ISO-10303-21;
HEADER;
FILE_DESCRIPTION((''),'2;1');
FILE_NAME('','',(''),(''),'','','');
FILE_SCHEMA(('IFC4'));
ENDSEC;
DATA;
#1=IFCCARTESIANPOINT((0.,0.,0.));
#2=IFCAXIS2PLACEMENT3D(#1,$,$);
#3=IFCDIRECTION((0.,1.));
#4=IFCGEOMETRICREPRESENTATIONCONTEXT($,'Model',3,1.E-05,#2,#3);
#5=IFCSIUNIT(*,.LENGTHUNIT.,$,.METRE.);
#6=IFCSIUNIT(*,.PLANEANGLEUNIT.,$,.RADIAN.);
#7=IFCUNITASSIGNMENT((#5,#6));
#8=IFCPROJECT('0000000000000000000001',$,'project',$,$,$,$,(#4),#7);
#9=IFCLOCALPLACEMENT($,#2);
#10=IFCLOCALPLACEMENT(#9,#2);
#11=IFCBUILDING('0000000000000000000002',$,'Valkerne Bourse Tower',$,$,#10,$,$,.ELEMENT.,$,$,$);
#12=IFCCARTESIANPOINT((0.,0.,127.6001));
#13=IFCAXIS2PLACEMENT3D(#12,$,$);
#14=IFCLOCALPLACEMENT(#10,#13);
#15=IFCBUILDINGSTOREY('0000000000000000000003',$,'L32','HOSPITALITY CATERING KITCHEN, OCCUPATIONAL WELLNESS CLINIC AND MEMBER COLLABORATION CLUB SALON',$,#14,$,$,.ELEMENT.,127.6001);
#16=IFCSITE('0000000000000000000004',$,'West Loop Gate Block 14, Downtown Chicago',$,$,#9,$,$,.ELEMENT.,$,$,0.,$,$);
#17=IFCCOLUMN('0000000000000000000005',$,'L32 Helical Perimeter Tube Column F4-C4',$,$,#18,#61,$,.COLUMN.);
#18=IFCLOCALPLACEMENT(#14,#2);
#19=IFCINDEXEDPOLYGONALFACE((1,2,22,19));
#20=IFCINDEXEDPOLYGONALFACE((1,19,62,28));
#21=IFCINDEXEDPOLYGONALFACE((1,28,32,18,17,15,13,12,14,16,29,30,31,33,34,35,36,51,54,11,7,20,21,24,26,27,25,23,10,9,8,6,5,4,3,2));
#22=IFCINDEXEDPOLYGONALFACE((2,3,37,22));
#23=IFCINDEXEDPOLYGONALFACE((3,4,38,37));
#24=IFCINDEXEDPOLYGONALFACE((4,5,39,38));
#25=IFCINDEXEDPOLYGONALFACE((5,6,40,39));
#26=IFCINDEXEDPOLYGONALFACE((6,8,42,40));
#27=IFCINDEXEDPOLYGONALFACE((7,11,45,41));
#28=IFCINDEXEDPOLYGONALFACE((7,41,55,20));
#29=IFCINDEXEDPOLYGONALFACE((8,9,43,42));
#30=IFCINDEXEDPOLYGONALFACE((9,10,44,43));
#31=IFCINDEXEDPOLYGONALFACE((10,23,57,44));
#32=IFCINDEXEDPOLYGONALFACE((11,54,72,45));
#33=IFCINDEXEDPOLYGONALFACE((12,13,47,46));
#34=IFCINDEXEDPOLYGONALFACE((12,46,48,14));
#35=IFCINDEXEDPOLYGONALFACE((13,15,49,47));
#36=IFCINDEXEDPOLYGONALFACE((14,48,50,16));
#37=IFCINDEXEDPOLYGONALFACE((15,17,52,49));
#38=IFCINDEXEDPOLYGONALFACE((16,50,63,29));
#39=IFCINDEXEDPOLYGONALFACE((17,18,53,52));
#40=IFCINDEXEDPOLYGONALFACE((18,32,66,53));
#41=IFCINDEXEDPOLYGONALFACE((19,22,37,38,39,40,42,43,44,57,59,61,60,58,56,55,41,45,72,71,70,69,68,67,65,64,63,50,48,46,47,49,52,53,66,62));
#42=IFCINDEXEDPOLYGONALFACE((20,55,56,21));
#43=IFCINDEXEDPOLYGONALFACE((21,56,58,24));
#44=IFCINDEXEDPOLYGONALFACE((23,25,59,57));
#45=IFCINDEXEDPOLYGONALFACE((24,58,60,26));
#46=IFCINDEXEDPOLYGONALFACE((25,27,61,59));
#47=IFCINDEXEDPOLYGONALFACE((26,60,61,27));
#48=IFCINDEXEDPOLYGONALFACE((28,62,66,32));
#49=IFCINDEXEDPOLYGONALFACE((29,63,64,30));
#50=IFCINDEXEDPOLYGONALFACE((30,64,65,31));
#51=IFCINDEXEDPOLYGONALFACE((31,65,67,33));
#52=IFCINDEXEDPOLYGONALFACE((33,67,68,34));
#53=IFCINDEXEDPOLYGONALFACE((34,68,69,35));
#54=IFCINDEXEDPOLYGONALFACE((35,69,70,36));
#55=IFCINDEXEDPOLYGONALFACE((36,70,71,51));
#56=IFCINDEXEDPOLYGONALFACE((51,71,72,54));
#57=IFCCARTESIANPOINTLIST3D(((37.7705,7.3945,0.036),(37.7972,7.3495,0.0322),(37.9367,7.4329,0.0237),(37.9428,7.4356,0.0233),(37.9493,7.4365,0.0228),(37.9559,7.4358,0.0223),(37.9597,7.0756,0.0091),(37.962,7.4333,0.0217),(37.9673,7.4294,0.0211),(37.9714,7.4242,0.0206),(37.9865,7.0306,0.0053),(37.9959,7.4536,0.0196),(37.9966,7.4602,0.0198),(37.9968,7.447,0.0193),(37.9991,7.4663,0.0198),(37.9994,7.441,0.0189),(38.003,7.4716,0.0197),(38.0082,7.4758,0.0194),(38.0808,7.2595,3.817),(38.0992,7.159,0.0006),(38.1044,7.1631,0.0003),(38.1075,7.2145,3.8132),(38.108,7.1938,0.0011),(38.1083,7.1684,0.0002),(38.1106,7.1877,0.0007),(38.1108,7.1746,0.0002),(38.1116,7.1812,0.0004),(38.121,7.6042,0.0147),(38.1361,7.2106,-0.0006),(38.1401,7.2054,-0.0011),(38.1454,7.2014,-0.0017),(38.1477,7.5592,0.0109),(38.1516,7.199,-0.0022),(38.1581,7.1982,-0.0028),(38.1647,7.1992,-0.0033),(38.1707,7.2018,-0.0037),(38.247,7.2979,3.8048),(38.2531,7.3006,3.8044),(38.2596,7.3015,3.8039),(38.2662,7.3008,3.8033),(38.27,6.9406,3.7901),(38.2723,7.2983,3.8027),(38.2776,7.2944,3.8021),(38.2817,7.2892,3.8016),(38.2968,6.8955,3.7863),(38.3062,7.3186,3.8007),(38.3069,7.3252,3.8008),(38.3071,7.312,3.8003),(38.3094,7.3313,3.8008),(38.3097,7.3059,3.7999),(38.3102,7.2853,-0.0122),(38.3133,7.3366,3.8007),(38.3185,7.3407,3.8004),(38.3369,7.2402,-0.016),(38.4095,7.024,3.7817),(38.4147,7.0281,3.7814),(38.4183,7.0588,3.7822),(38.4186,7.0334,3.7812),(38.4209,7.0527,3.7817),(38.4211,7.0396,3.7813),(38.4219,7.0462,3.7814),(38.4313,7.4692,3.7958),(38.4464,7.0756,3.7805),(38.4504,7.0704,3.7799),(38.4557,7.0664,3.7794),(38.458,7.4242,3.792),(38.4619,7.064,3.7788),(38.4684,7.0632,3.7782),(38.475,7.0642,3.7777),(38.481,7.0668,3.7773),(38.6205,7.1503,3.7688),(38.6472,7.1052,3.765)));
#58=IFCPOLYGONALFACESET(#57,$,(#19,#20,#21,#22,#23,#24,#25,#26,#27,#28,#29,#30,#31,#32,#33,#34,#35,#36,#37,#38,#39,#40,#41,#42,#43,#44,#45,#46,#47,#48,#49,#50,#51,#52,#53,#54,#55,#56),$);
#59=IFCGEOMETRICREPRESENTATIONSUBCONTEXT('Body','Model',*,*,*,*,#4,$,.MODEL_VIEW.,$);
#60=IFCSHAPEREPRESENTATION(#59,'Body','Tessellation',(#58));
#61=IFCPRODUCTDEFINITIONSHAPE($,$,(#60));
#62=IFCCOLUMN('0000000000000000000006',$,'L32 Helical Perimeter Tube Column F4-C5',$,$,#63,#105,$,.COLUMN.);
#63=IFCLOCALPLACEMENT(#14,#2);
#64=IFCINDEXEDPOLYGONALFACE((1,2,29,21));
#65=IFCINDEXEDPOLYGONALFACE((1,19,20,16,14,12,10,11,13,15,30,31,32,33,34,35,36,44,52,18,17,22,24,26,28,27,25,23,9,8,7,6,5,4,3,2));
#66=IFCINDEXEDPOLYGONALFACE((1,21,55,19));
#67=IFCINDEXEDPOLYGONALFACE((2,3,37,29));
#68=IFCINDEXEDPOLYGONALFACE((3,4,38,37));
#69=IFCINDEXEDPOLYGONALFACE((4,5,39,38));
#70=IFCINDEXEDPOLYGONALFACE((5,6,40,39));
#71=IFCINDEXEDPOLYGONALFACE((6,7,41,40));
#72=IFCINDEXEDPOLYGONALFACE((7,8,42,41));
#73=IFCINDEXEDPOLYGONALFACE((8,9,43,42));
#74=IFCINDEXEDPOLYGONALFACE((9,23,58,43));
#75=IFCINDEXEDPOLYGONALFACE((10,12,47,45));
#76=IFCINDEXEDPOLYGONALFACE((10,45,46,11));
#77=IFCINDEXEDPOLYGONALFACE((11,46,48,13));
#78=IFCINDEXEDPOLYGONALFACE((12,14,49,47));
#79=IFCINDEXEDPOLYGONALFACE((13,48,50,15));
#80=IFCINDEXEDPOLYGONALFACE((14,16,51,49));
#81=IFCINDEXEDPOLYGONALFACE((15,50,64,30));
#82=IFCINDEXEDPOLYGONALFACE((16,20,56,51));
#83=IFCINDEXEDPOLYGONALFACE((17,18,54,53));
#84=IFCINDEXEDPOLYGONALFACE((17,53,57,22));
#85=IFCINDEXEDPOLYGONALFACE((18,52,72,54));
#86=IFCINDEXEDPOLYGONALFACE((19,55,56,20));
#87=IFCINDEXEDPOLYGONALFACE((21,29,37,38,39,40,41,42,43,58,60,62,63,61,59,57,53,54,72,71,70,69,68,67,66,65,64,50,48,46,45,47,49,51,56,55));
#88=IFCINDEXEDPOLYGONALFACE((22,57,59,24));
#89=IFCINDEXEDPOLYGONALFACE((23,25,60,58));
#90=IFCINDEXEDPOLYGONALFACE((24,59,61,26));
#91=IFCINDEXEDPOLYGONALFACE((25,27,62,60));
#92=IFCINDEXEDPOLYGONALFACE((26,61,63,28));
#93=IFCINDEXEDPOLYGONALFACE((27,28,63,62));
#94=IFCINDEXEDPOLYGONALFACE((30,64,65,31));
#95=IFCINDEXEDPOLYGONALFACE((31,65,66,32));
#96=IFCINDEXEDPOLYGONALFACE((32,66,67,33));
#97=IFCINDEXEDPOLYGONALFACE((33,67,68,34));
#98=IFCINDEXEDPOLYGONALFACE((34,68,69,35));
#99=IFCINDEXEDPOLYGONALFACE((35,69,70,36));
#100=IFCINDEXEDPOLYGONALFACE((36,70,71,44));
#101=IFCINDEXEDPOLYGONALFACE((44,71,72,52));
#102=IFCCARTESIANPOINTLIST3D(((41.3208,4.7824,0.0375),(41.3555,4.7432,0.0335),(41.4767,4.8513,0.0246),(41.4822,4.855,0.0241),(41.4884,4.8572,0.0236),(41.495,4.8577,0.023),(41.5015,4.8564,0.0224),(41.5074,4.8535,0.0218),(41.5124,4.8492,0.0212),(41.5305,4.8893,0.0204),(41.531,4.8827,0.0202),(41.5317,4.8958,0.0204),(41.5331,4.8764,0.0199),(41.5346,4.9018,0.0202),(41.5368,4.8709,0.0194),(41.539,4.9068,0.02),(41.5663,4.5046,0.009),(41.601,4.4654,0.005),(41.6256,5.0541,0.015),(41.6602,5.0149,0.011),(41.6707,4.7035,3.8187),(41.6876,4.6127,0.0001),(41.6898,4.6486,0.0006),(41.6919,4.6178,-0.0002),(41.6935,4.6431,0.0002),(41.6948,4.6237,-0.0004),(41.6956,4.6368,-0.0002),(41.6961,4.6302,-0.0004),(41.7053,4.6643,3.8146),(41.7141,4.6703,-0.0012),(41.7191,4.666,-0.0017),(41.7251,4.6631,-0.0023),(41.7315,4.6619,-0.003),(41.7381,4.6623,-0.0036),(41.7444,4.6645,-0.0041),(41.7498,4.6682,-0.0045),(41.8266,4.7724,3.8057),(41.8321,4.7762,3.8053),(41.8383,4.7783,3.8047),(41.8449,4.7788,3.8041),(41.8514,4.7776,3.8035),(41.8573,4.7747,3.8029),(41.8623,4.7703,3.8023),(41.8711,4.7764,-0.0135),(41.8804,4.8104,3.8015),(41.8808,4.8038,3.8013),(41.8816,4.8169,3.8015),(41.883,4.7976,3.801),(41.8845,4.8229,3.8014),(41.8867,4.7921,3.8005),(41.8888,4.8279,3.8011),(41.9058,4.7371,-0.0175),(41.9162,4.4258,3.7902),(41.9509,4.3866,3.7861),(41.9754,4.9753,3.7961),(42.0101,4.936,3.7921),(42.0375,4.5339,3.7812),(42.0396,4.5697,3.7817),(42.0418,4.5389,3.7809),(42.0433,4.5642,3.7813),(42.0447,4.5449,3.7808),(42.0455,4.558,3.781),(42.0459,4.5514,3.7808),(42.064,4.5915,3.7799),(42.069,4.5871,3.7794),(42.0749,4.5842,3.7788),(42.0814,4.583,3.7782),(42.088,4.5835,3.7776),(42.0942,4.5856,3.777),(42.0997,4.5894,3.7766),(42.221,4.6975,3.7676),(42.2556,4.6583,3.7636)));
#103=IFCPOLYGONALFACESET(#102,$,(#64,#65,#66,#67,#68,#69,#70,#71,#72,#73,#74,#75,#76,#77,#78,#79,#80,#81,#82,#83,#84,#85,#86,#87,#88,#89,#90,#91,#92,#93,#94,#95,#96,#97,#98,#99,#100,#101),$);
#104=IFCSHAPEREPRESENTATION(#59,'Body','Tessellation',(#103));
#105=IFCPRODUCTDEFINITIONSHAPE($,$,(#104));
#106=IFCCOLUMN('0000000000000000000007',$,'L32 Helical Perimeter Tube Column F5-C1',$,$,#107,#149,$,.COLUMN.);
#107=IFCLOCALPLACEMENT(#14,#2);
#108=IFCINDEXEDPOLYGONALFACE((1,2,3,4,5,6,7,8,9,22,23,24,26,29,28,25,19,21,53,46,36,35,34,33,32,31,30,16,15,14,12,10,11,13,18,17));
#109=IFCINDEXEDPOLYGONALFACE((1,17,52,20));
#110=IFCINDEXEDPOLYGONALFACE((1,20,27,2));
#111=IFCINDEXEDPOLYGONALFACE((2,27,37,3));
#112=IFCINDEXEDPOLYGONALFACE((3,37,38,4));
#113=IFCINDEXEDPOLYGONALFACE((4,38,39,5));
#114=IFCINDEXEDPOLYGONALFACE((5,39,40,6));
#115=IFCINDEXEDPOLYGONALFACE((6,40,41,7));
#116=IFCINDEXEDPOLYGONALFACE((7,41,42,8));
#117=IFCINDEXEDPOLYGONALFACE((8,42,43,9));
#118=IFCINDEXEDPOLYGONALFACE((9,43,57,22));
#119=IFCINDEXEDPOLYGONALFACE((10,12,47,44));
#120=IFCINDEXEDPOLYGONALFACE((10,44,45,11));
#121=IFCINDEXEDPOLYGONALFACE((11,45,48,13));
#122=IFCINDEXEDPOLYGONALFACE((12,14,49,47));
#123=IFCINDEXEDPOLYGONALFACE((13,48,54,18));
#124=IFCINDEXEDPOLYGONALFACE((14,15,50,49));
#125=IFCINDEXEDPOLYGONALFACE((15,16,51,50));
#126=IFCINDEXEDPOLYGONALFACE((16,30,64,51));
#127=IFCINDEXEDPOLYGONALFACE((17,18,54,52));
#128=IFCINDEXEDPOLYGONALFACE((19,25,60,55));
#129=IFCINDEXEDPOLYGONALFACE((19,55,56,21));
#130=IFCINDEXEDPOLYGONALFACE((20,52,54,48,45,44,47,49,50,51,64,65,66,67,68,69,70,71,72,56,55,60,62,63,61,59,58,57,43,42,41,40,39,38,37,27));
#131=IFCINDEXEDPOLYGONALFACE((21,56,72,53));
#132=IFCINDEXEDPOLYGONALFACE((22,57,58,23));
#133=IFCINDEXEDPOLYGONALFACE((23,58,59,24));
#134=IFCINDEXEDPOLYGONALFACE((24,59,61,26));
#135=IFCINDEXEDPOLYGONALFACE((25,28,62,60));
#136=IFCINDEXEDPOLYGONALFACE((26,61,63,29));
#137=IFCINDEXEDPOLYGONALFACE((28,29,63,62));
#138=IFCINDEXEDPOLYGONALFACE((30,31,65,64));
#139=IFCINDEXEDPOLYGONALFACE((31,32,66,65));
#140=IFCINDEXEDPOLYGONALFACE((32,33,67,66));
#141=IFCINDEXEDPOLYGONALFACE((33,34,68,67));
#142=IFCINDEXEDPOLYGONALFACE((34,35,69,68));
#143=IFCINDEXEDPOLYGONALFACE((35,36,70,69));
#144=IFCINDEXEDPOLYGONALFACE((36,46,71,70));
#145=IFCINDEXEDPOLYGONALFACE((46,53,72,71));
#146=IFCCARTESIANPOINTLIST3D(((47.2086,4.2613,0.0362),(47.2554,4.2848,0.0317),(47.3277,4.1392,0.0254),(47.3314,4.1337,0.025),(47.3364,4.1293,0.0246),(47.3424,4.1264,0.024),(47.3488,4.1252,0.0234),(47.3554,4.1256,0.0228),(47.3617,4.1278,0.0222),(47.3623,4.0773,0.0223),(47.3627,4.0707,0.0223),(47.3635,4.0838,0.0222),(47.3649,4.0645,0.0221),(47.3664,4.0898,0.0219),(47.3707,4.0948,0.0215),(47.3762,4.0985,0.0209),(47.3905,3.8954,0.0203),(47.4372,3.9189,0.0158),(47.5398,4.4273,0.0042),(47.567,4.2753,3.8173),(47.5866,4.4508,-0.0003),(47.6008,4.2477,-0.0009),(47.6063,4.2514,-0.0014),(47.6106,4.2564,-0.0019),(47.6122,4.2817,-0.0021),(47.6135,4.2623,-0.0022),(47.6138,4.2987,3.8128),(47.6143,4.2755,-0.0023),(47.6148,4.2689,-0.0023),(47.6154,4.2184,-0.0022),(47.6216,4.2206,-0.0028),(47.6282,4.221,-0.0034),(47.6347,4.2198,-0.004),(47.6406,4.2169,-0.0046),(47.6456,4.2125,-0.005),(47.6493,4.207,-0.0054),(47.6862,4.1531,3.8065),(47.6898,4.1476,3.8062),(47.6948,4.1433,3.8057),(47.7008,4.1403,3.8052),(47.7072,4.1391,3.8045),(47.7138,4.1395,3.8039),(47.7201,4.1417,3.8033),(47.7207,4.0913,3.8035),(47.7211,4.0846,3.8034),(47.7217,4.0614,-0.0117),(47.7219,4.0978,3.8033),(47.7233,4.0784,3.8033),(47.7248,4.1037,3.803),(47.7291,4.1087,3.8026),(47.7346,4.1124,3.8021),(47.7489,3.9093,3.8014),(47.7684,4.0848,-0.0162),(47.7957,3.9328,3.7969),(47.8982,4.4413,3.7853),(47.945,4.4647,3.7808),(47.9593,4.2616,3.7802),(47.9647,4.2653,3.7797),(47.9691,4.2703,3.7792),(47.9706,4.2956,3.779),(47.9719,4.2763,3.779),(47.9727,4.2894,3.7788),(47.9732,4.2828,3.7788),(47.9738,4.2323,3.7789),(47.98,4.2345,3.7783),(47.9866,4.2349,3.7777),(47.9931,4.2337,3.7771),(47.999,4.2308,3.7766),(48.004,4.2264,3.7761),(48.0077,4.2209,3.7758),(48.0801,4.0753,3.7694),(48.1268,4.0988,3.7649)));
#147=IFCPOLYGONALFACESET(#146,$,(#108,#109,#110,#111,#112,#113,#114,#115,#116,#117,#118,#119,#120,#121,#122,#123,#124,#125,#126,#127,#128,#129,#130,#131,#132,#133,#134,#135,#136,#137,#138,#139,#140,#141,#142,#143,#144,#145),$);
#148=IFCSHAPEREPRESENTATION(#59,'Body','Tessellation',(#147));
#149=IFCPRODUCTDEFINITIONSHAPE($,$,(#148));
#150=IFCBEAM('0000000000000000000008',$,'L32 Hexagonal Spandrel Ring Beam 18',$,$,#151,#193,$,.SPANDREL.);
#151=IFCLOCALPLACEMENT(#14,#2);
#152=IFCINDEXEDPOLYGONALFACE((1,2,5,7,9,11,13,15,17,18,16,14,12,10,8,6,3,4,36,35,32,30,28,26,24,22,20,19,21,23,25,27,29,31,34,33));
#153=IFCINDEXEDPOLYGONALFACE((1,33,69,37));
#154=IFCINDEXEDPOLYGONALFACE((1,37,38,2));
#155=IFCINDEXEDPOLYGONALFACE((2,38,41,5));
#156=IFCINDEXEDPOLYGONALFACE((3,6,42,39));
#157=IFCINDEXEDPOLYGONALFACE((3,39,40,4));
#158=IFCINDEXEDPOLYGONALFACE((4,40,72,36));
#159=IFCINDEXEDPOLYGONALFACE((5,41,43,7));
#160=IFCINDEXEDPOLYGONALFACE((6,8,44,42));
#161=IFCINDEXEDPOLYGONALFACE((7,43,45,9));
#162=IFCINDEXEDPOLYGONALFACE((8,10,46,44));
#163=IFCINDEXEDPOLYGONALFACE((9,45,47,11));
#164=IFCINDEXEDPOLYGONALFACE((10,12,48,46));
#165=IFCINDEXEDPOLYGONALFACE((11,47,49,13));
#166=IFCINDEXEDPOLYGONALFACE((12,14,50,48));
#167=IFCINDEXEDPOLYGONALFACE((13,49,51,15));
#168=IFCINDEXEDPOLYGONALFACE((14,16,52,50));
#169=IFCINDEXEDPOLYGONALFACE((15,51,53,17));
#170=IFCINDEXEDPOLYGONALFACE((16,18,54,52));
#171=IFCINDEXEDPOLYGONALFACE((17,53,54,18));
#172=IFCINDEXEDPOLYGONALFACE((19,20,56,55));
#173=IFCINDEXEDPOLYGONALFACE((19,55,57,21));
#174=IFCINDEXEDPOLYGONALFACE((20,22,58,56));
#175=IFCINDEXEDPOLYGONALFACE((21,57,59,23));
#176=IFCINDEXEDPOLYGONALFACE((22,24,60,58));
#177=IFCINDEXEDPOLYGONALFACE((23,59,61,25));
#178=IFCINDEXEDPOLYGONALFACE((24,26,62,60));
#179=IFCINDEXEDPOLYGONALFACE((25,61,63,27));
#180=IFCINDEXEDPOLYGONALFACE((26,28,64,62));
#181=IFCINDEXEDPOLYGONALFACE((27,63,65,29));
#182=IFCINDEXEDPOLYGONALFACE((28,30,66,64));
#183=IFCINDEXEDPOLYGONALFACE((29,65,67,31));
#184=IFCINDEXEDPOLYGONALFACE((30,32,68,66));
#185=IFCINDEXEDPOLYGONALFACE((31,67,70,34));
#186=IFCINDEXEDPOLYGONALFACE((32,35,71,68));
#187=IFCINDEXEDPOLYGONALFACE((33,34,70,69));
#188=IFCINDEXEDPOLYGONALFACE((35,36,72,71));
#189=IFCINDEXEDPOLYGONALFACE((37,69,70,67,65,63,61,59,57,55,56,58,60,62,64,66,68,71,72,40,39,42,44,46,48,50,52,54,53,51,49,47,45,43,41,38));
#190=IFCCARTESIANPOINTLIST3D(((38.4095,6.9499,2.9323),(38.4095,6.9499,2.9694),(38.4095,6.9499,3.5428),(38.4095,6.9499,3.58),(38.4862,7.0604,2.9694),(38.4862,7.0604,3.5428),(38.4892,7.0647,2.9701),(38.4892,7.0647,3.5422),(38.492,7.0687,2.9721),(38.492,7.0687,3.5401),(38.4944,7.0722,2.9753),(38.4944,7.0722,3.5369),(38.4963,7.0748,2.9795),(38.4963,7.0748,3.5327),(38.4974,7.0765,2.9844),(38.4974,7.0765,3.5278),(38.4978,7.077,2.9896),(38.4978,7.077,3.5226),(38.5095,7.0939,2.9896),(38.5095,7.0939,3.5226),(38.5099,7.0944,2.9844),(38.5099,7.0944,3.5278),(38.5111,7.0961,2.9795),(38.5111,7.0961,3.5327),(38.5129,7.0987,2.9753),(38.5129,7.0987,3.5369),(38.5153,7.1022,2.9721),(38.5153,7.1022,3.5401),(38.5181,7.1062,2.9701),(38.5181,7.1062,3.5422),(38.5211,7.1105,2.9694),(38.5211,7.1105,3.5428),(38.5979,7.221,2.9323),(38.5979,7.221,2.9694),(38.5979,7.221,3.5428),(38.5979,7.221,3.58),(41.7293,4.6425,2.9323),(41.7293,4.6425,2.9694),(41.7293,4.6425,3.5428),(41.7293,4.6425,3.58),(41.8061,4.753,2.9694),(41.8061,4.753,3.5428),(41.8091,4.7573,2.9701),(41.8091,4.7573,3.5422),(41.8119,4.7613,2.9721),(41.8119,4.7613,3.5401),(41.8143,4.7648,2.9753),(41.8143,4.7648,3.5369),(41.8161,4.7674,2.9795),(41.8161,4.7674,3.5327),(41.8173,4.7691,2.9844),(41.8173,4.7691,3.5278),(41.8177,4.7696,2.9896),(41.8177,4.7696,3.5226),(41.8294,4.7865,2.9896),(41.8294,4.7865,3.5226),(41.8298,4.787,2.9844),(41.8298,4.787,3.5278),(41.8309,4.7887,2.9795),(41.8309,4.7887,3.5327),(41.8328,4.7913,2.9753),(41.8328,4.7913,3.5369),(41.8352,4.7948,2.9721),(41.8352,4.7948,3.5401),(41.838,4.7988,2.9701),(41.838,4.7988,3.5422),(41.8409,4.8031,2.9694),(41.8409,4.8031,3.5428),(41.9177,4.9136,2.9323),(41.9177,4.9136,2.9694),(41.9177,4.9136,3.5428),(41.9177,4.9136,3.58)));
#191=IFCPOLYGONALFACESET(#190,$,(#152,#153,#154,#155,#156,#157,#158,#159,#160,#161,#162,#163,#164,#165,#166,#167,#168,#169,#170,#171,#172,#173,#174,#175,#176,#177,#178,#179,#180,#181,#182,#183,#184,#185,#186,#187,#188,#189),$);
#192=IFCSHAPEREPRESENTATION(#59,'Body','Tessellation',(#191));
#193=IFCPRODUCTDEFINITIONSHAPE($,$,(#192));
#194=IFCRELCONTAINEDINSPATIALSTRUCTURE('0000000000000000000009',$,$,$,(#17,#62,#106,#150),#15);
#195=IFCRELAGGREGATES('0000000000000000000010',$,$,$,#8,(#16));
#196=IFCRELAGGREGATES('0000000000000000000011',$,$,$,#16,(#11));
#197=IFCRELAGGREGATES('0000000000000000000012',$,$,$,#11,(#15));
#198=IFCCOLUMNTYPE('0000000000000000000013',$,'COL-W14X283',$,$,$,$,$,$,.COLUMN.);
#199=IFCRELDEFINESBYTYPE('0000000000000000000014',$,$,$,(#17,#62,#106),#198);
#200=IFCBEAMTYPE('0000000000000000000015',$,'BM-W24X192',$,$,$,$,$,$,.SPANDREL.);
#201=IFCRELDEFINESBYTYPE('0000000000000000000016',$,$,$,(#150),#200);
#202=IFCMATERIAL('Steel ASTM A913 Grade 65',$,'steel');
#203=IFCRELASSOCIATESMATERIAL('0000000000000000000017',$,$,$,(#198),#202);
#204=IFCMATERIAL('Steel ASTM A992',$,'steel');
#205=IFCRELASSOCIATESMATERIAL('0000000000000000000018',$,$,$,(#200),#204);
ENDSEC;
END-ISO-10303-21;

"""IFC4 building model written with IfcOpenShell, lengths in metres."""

from ifc_helpers import new_model, si_unit, direction, frame, origin, origin_2d, place, context, subcontext, project, spatial, i_section, extrude, material, material_profile, profile_set, type_object, element, save


model = new_model("IFC4")

# Units and contexts
model_context = context("Model", 3, precision=1e-05, world=origin(), true_north=direction((0.0, 1.0)))
body_context = subcontext(model_context, "Body", "Model", "MODEL_VIEW")
ifc_project = project(units=[si_unit("LENGTHUNIT", "METRE"), si_unit("PLANEANGLEUNIT", "RADIAN")], contexts=[model_context])

# Site, building, storey
site_placement = place(None, origin())
site = spatial("IfcSite", under=ifc_project, at=site_placement, Name="West Loop Gate Block 14, Downtown Chicago", CompositionType="ELEMENT", RefElevation=0.0)
building_placement = place(site_placement, origin())
building = spatial("IfcBuilding", under=site, at=building_placement, Name="Valkerne Bourse Tower", CompositionType="ELEMENT")
storey_placement = place(building_placement, frame((0.0, 0.0, 127.6001)))
storey = spatial("IfcBuildingStorey", under=building, at=storey_placement, Name="L32", Description="HOSPITALITY CATERING KITCHEN, OCCUPATIONAL WELLNESS CLINIC AND MEMBER COLLABORATION CLUB SALON", CompositionType="ELEMENT", Elevation=127.6001)

# Columns
ifc_material_1 = material(Name="Steel ASTM A913 Grade 65", Category="steel")
ifc_material_profile_1 = material_profile(ifc_material_1, i_section(OverallWidth=0.4089, OverallDepth=0.4243, WebThickness=0.0327, FlangeThickness=0.0525, FilletRadius=0.0254, at=origin_2d()), Name="W14X283")
ifc_profile_set_1 = profile_set([ifc_material_profile_1], Name="Steel ASTM A913 Grade 65")
column_type = type_object("IfcColumnType", Name="COL-W14X283", PredefinedType="COLUMN", material=ifc_profile_set_1)
column_placement = place(storey_placement, frame((38.0537, 7.3174, 0.01), z_axis=(0.081742, -0.035565, 0.996019), x_axis=(0.856949, 0.512769, -0.052019)))
element("IfcColumn", 1, at=column_placement, inside=storey, type_object=column_type, Name="L32 Helical Perimeter Tube Column F4-C4", PredefinedType="COLUMN", context=body_context, shape_type="SweptSolid", body=[
    extrude(i_section(OverallWidth=0.4089, OverallDepth=0.4243, WebThickness=0.0327, FlangeThickness=0.0525, FilletRadius=0.0254, at=origin_2d()), origin(), (0.0, 0.0, 1.0), 3.7961),
])
for number, where, z_axis, x_axis, name in (
    (2, (41.6133, 4.7598, 0.01), (0.092116, -0.020763, 0.995532), (0.745281, 0.66447, -0.055102), "L32 Helical Perimeter Tube Column F4-C5"),
    (3, (47.4885, 4.1731, 0.01), (0.094366, 0.003664, 0.995531), (-0.444728, 0.894822, 0.038862), "L32 Helical Perimeter Tube Column F5-C1"),
):
    element("IfcColumn", number, at=place(storey_placement, frame(where, z_axis=z_axis, x_axis=x_axis)), inside=storey, type_object=column_type, Name=name, PredefinedType="COLUMN", context=body_context, shape_type="SweptSolid", body=[
        extrude(i_section(OverallWidth=0.4089, OverallDepth=0.4243, WebThickness=0.0327, FlangeThickness=0.0525, FilletRadius=0.0254, at=origin_2d()), origin(), (0.0, 0.0, 1.0), 3.7981),
    ])

# Beam
ifc_material_2 = material(Name="Steel ASTM A992", Category="steel")
ifc_material_profile_2 = material_profile(ifc_material_2, i_section(OverallWidth=0.3301, OverallDepth=0.6477, WebThickness=0.0205, FlangeThickness=0.0371, FilletRadius=0.0203, at=origin_2d()), Name="W24X192")
ifc_profile_set_2 = profile_set([ifc_material_profile_2], Name="Steel ASTM A992")
beam_type_1 = type_object("IfcBeamType", Name="BM-W24X192", PredefinedType="SPANDREL", material=ifc_profile_set_2)
beam_1_placement = place(storey_placement, frame((38.5037, 7.0854, 3.2561), z_axis=(0.821145, -0.570719, 0.0), x_axis=(0.570719, 0.821145, 0.0)))
element("IfcBeam", 4, at=beam_1_placement, inside=storey, type_object=beam_type_1, Name="L32 Hexagonal Spandrel Ring Beam 18", PredefinedType="SPANDREL", context=body_context, shape_type="SweptSolid", body=[
    extrude(i_section(OverallWidth=0.3301, OverallDepth=0.6477, WebThickness=0.0205, FlangeThickness=0.0371, FilletRadius=0.0203, at=origin_2d()), origin(), (0.0, 0.0, 1.0), 4.043),
])

save(model, "model.ifc")
